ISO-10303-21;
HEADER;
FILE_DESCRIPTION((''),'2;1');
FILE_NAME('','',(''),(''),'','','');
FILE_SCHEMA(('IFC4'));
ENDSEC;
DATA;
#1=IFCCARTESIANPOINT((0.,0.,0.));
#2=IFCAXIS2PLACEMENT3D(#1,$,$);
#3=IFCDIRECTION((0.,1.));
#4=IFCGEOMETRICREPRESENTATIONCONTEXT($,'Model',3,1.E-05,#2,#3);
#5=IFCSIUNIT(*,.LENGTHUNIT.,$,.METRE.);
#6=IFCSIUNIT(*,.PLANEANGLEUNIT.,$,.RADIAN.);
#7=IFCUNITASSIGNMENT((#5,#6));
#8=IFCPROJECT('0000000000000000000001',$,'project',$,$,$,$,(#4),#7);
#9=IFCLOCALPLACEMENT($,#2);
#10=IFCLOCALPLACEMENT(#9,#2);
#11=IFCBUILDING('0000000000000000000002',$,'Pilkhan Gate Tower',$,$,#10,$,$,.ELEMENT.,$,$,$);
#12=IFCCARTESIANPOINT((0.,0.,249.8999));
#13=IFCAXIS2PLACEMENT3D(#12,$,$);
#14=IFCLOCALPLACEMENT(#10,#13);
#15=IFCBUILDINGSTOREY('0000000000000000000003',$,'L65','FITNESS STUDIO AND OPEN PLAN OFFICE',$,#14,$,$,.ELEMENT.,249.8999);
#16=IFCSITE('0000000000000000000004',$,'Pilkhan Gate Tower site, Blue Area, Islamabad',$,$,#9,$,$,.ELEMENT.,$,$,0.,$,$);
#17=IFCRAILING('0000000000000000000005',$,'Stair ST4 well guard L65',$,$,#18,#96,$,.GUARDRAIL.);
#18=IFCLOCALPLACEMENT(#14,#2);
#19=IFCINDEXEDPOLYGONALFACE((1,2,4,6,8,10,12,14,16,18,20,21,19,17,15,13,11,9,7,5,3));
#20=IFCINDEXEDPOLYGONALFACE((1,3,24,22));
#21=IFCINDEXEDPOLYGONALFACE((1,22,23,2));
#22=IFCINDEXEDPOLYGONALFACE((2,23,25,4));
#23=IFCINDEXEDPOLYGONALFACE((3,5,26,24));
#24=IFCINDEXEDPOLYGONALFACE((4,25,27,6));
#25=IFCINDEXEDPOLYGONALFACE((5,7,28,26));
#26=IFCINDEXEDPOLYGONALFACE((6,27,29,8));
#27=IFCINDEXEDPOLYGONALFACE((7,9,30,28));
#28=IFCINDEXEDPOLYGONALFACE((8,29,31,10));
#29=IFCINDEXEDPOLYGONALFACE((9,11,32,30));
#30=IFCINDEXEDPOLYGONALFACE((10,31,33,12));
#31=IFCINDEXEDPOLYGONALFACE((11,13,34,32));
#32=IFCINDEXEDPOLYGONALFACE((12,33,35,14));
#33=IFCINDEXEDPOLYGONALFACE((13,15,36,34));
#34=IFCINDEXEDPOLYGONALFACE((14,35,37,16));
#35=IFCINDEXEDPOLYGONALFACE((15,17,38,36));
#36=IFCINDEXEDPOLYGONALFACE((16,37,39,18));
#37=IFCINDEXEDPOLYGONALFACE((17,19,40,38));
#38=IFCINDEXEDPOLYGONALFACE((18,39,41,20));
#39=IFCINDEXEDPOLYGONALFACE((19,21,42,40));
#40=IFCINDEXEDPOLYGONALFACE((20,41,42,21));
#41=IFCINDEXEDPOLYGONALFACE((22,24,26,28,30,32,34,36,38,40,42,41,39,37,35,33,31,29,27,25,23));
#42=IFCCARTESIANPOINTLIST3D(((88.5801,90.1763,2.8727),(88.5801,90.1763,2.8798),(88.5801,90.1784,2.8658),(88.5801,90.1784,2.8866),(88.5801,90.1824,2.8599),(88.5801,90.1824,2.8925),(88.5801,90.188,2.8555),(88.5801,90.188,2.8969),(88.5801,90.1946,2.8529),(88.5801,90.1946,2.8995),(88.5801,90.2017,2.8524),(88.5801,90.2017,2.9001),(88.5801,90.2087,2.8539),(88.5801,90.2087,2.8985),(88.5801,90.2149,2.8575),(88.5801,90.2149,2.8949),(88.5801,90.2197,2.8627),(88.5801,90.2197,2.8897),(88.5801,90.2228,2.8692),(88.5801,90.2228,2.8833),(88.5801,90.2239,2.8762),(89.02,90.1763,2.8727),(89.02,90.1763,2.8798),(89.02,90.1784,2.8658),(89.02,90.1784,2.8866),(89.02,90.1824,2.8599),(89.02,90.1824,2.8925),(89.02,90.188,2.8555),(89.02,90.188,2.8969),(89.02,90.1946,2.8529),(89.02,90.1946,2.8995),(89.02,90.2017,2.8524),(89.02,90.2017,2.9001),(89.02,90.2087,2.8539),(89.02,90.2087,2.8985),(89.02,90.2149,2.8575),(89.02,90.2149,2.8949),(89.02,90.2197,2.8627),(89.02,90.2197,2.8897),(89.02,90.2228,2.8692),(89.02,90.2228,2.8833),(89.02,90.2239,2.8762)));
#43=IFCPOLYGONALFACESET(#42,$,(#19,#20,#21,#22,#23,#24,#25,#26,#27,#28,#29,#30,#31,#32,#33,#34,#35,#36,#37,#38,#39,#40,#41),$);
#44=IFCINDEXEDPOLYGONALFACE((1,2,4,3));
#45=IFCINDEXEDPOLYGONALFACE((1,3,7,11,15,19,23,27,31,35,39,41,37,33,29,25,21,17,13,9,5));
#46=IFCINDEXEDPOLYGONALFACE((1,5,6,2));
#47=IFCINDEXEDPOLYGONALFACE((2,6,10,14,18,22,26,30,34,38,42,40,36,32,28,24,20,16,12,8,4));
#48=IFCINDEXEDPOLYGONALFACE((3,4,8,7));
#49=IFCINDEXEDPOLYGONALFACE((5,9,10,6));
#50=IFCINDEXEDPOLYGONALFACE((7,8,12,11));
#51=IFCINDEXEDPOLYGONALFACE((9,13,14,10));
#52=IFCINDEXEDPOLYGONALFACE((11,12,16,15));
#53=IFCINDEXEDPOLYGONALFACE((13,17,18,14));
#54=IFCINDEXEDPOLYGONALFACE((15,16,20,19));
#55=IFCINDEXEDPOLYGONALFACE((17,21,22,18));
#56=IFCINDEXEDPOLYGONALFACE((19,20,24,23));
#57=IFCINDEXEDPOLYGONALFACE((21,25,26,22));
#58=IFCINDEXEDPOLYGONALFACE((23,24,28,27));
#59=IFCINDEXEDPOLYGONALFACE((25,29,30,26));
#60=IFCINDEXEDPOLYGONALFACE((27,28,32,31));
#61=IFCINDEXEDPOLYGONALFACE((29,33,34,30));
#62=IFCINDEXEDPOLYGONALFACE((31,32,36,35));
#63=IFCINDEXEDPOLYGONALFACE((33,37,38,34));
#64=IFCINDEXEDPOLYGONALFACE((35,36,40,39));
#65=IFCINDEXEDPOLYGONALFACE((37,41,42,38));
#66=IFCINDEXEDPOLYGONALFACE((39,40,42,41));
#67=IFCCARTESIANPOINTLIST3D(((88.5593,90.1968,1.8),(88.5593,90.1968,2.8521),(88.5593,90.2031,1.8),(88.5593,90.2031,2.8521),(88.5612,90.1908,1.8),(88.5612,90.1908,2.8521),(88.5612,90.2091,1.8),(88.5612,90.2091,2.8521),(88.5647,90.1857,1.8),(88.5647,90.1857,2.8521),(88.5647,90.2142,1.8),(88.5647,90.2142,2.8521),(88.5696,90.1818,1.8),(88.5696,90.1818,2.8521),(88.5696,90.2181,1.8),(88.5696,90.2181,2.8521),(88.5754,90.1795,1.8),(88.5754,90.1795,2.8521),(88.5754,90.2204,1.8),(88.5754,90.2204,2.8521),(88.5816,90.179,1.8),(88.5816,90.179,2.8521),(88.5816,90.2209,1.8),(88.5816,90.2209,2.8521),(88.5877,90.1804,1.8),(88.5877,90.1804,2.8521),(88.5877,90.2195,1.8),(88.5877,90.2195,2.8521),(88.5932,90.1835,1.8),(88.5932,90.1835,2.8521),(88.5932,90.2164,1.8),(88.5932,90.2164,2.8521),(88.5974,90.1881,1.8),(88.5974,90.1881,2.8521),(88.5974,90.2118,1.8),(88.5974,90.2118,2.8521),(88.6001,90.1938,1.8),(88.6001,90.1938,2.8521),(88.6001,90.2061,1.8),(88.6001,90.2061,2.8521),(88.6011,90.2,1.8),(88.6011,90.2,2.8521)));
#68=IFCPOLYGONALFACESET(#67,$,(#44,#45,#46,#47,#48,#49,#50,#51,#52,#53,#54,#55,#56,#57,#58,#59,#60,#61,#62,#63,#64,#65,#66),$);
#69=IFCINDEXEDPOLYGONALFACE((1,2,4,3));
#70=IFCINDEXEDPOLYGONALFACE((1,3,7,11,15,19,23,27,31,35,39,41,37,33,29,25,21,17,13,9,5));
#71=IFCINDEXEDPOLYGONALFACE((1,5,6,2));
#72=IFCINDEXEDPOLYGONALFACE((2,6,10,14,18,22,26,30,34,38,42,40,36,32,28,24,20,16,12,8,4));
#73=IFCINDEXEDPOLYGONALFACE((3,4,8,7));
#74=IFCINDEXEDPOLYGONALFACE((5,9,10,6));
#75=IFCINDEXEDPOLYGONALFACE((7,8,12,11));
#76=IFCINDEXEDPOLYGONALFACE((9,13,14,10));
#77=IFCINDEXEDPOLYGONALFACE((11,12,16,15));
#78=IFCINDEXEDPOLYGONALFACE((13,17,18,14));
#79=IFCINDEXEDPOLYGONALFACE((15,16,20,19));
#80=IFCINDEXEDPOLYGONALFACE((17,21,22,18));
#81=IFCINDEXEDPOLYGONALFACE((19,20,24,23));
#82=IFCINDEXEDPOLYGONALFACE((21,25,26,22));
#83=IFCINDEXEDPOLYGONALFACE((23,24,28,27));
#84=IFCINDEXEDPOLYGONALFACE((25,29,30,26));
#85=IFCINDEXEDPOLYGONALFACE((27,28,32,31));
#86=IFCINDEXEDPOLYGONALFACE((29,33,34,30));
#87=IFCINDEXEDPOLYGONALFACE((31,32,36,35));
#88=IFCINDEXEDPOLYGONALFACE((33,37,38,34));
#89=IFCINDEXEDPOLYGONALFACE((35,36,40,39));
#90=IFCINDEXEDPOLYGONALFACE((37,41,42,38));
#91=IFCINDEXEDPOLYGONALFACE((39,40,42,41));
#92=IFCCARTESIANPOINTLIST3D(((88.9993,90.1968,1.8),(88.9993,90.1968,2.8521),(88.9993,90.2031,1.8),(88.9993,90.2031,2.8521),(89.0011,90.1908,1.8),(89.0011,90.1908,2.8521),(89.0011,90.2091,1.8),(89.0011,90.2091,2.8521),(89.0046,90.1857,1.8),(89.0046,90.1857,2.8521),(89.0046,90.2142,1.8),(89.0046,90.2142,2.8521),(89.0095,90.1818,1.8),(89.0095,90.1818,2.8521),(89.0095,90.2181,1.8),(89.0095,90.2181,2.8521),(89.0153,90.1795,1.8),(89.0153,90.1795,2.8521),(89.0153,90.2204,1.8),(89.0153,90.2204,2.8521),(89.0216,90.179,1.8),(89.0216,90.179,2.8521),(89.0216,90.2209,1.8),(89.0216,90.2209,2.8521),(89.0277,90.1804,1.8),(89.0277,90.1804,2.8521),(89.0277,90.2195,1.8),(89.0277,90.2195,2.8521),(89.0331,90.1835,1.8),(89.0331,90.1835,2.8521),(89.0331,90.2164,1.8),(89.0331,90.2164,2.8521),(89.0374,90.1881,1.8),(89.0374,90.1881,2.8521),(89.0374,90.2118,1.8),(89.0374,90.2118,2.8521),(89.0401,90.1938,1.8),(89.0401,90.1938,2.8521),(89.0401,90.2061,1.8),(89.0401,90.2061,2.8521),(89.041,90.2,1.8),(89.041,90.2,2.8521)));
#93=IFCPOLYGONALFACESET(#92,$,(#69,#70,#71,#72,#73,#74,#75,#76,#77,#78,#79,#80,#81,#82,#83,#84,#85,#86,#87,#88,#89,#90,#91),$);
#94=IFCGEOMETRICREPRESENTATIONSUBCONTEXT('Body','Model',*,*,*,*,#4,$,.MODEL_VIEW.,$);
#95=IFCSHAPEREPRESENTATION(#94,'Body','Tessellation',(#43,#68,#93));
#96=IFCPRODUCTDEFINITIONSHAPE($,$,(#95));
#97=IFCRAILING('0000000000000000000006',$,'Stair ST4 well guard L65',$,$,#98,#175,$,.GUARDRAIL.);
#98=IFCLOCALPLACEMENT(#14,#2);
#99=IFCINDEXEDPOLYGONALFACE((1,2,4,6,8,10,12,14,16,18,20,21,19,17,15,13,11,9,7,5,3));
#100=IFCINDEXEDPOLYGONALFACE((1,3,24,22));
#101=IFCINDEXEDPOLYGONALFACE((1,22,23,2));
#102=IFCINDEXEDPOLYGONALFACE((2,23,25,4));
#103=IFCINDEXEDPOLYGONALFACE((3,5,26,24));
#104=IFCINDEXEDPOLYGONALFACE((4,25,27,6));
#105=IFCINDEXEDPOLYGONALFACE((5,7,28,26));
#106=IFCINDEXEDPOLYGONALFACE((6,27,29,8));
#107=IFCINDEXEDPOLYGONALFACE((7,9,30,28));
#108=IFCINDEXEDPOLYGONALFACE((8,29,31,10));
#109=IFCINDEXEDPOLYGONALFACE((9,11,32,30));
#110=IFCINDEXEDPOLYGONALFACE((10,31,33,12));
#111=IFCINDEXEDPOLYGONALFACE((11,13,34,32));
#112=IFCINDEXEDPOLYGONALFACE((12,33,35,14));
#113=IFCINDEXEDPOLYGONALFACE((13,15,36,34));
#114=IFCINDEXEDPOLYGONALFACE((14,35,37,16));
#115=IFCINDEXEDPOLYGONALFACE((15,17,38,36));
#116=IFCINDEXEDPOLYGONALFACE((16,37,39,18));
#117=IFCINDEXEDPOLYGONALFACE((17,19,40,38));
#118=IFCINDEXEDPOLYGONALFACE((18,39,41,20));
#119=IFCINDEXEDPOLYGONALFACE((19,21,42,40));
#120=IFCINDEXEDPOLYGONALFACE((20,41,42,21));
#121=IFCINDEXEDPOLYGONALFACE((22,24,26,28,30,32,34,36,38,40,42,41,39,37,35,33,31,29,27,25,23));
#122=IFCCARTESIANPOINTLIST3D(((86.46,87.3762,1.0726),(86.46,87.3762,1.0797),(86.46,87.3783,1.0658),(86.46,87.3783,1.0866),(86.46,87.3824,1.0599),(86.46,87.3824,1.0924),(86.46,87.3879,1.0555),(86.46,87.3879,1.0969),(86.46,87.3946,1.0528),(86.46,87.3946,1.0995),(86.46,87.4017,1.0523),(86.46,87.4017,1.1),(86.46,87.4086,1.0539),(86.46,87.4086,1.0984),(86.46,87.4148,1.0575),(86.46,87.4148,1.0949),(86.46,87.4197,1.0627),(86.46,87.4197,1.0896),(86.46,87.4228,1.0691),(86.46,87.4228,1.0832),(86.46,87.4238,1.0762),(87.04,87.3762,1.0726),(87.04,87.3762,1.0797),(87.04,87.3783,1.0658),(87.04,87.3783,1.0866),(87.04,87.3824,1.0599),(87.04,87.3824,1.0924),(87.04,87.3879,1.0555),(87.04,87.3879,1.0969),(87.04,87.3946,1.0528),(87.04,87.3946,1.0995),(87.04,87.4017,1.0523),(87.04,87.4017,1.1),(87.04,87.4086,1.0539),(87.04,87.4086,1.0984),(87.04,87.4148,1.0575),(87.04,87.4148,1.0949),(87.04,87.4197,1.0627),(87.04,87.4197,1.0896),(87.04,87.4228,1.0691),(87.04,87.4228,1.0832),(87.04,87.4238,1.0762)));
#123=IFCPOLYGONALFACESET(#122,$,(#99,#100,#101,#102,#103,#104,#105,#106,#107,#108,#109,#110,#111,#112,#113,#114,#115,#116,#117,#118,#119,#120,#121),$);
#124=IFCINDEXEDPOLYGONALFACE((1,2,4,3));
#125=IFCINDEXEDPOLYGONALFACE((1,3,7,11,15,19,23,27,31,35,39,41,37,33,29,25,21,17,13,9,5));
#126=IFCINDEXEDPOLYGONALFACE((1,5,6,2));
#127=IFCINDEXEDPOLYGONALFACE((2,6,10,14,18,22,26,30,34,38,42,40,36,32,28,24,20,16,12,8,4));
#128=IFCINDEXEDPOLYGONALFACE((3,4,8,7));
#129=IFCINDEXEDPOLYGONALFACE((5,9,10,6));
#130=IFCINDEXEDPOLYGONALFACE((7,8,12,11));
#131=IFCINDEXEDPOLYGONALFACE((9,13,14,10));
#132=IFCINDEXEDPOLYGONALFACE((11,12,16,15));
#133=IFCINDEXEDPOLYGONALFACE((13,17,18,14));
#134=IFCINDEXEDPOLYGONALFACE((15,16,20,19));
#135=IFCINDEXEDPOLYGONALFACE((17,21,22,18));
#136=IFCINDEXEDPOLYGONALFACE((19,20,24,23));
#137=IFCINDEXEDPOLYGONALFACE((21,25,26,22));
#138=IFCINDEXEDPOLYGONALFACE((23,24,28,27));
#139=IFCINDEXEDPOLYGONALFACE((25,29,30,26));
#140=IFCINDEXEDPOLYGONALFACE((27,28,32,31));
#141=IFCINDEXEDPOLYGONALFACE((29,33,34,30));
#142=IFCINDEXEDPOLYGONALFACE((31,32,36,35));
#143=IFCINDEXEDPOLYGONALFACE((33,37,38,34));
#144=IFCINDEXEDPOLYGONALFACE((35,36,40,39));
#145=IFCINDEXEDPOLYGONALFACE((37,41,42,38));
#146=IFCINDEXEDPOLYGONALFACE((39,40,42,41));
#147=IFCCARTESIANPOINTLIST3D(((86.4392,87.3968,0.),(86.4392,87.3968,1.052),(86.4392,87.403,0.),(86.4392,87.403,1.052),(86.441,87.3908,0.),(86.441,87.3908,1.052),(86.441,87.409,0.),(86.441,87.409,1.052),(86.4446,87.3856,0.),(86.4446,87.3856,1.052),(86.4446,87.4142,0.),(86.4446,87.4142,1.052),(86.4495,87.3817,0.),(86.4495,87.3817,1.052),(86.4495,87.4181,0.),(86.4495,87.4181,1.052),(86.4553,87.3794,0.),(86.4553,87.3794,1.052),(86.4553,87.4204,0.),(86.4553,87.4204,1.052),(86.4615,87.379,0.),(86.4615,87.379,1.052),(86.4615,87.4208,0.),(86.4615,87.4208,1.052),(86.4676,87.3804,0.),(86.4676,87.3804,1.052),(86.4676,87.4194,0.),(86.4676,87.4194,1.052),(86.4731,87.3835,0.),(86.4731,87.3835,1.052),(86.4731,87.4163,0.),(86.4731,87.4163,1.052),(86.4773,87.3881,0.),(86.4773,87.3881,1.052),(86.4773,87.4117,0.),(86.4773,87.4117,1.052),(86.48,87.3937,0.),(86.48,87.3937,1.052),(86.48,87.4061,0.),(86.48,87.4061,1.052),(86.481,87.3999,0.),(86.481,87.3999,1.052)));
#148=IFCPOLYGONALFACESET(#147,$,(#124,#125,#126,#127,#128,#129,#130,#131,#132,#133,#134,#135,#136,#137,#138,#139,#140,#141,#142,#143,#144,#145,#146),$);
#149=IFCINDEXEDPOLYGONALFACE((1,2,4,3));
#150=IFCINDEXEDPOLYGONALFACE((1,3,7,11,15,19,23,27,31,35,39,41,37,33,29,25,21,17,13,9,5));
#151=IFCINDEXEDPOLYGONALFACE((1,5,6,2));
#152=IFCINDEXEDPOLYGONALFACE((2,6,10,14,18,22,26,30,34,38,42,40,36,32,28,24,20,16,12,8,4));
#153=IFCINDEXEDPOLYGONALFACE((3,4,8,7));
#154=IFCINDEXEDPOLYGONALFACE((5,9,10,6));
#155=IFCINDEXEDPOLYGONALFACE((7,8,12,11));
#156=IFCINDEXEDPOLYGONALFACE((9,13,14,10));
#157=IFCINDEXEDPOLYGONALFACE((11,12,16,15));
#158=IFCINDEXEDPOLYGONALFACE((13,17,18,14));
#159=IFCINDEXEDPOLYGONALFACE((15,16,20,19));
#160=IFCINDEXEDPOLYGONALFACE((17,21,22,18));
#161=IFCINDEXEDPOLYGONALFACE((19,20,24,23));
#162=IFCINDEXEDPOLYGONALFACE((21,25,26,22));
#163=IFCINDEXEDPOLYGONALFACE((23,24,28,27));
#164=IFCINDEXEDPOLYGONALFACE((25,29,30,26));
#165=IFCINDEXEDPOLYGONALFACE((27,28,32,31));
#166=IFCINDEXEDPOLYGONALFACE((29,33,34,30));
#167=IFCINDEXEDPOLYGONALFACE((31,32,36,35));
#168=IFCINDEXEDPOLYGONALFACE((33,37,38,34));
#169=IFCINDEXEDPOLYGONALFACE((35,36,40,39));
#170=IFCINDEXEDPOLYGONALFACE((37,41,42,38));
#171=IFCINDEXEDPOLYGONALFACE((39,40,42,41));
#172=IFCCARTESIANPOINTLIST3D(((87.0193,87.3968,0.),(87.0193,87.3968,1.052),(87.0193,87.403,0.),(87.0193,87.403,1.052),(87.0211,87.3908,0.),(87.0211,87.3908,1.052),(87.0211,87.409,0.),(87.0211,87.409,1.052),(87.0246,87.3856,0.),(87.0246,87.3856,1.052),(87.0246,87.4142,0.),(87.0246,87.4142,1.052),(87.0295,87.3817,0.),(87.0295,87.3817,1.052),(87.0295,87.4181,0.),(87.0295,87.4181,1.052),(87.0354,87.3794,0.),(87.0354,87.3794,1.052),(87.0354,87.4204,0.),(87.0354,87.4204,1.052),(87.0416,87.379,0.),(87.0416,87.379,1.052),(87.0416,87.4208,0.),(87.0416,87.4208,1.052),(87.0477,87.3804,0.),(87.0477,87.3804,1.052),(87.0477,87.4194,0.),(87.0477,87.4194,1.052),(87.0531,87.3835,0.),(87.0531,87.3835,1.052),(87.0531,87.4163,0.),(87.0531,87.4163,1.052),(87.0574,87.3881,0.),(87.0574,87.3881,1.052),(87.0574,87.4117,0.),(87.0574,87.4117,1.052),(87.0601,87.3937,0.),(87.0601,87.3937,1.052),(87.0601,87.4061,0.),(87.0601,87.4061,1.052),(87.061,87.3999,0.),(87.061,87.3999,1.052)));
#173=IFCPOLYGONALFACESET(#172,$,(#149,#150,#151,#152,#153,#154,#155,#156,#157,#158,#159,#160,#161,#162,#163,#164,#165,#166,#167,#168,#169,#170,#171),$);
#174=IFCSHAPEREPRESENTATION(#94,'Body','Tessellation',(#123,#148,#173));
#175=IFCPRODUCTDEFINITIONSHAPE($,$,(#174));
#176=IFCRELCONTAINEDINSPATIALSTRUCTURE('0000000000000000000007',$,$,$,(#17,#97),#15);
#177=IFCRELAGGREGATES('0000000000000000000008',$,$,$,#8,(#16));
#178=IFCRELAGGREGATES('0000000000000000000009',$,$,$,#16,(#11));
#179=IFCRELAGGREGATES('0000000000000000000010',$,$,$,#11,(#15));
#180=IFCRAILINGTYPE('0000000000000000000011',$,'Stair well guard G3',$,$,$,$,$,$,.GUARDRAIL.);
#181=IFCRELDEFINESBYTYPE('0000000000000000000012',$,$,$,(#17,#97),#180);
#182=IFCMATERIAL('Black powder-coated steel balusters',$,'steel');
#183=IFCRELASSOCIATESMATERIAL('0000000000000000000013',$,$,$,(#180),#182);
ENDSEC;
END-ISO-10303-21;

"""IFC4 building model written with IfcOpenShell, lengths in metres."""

from ifc_helpers import new_model, si_unit, direction, frame, origin, origin_2d, place, context, subcontext, project, spatial, circle, extrude, material, type_object, element, save


model = new_model("IFC4")

# Units and contexts
model_context = context("Model", 3, precision=1e-05, world=origin(), true_north=direction((0.0, 1.0)))
body_context = subcontext(model_context, "Body", "Model", "MODEL_VIEW")
ifc_project = project(units=[si_unit("LENGTHUNIT", "METRE"), si_unit("PLANEANGLEUNIT", "RADIAN")], contexts=[model_context])

# Site, building, storey
site_placement = place(None, origin())
site = spatial("IfcSite", under=ifc_project, at=site_placement, Name="Pilkhan Gate Tower site, Blue Area, Islamabad", CompositionType="ELEMENT", RefElevation=0.0)
building_placement = place(site_placement, origin())
building = spatial("IfcBuilding", under=site, at=building_placement, Name="Pilkhan Gate Tower", CompositionType="ELEMENT")
storey_placement = place(building_placement, frame((0.0, 0.0, 249.8999)))
storey = spatial("IfcBuildingStorey", under=building, at=storey_placement, Name="L65", Description="FITNESS STUDIO AND OPEN PLAN OFFICE", CompositionType="ELEMENT", Elevation=249.8999)

# Railings
ifc_material_1 = material(Name="Black powder-coated steel balusters", Category="steel")
railing_type_1 = type_object("IfcRailingType", Name="Stair well guard G3", PredefinedType="GUARDRAIL", material=ifc_material_1)
railing_1_placement = place(storey_placement, frame((88.5801, 90.2, 1.8)))
element("IfcRailing", 1, at=railing_1_placement, inside=storey, type_object=railing_type_1, Name="Stair ST4 well guard L65", PredefinedType="GUARDRAIL", context=body_context, shape_type="SweptSolid", body=[
    extrude(circle(Radius=0.0239, at=origin_2d()), frame((0.0, 0.0, 1.0762), z_axis=(1.0, 0.0, 0.0), x_axis=(0.0, 1.0, 0.0)), (0.0, 0.0, 1.0), 0.4399),
    extrude(circle(Radius=0.021, at=origin_2d()), origin(), (0.0, 0.0, 1.0), 1.052),
    extrude(circle(Radius=0.021, at=origin_2d()), frame((0.4399, 0.0, 0.0)), (0.0, 0.0, 1.0), 1.052),
])
for number, where, name in (
    (2, (86.46, 87.3999, 0.0), "Stair ST4 well guard L65"),
):
    element("IfcRailing", number, at=place(storey_placement, frame(where)), inside=storey, type_object=railing_type_1, Name=name, PredefinedType="GUARDRAIL", context=body_context, shape_type="SweptSolid", body=[
        extrude(circle(Radius=0.0239, at=origin_2d()), frame((0.0, 0.0, 1.0762), z_axis=(1.0, 0.0, 0.0), x_axis=(0.0, 1.0, 0.0)), (0.0, 0.0, 1.0), 0.5801),
        extrude(circle(Radius=0.021, at=origin_2d()), origin(), (0.0, 0.0, 1.0), 1.052),
        extrude(circle(Radius=0.021, at=origin_2d()), frame((0.5801, 0.0, 0.0)), (0.0, 0.0, 1.0), 1.052),
    ])

save(model, "model.ifc")
